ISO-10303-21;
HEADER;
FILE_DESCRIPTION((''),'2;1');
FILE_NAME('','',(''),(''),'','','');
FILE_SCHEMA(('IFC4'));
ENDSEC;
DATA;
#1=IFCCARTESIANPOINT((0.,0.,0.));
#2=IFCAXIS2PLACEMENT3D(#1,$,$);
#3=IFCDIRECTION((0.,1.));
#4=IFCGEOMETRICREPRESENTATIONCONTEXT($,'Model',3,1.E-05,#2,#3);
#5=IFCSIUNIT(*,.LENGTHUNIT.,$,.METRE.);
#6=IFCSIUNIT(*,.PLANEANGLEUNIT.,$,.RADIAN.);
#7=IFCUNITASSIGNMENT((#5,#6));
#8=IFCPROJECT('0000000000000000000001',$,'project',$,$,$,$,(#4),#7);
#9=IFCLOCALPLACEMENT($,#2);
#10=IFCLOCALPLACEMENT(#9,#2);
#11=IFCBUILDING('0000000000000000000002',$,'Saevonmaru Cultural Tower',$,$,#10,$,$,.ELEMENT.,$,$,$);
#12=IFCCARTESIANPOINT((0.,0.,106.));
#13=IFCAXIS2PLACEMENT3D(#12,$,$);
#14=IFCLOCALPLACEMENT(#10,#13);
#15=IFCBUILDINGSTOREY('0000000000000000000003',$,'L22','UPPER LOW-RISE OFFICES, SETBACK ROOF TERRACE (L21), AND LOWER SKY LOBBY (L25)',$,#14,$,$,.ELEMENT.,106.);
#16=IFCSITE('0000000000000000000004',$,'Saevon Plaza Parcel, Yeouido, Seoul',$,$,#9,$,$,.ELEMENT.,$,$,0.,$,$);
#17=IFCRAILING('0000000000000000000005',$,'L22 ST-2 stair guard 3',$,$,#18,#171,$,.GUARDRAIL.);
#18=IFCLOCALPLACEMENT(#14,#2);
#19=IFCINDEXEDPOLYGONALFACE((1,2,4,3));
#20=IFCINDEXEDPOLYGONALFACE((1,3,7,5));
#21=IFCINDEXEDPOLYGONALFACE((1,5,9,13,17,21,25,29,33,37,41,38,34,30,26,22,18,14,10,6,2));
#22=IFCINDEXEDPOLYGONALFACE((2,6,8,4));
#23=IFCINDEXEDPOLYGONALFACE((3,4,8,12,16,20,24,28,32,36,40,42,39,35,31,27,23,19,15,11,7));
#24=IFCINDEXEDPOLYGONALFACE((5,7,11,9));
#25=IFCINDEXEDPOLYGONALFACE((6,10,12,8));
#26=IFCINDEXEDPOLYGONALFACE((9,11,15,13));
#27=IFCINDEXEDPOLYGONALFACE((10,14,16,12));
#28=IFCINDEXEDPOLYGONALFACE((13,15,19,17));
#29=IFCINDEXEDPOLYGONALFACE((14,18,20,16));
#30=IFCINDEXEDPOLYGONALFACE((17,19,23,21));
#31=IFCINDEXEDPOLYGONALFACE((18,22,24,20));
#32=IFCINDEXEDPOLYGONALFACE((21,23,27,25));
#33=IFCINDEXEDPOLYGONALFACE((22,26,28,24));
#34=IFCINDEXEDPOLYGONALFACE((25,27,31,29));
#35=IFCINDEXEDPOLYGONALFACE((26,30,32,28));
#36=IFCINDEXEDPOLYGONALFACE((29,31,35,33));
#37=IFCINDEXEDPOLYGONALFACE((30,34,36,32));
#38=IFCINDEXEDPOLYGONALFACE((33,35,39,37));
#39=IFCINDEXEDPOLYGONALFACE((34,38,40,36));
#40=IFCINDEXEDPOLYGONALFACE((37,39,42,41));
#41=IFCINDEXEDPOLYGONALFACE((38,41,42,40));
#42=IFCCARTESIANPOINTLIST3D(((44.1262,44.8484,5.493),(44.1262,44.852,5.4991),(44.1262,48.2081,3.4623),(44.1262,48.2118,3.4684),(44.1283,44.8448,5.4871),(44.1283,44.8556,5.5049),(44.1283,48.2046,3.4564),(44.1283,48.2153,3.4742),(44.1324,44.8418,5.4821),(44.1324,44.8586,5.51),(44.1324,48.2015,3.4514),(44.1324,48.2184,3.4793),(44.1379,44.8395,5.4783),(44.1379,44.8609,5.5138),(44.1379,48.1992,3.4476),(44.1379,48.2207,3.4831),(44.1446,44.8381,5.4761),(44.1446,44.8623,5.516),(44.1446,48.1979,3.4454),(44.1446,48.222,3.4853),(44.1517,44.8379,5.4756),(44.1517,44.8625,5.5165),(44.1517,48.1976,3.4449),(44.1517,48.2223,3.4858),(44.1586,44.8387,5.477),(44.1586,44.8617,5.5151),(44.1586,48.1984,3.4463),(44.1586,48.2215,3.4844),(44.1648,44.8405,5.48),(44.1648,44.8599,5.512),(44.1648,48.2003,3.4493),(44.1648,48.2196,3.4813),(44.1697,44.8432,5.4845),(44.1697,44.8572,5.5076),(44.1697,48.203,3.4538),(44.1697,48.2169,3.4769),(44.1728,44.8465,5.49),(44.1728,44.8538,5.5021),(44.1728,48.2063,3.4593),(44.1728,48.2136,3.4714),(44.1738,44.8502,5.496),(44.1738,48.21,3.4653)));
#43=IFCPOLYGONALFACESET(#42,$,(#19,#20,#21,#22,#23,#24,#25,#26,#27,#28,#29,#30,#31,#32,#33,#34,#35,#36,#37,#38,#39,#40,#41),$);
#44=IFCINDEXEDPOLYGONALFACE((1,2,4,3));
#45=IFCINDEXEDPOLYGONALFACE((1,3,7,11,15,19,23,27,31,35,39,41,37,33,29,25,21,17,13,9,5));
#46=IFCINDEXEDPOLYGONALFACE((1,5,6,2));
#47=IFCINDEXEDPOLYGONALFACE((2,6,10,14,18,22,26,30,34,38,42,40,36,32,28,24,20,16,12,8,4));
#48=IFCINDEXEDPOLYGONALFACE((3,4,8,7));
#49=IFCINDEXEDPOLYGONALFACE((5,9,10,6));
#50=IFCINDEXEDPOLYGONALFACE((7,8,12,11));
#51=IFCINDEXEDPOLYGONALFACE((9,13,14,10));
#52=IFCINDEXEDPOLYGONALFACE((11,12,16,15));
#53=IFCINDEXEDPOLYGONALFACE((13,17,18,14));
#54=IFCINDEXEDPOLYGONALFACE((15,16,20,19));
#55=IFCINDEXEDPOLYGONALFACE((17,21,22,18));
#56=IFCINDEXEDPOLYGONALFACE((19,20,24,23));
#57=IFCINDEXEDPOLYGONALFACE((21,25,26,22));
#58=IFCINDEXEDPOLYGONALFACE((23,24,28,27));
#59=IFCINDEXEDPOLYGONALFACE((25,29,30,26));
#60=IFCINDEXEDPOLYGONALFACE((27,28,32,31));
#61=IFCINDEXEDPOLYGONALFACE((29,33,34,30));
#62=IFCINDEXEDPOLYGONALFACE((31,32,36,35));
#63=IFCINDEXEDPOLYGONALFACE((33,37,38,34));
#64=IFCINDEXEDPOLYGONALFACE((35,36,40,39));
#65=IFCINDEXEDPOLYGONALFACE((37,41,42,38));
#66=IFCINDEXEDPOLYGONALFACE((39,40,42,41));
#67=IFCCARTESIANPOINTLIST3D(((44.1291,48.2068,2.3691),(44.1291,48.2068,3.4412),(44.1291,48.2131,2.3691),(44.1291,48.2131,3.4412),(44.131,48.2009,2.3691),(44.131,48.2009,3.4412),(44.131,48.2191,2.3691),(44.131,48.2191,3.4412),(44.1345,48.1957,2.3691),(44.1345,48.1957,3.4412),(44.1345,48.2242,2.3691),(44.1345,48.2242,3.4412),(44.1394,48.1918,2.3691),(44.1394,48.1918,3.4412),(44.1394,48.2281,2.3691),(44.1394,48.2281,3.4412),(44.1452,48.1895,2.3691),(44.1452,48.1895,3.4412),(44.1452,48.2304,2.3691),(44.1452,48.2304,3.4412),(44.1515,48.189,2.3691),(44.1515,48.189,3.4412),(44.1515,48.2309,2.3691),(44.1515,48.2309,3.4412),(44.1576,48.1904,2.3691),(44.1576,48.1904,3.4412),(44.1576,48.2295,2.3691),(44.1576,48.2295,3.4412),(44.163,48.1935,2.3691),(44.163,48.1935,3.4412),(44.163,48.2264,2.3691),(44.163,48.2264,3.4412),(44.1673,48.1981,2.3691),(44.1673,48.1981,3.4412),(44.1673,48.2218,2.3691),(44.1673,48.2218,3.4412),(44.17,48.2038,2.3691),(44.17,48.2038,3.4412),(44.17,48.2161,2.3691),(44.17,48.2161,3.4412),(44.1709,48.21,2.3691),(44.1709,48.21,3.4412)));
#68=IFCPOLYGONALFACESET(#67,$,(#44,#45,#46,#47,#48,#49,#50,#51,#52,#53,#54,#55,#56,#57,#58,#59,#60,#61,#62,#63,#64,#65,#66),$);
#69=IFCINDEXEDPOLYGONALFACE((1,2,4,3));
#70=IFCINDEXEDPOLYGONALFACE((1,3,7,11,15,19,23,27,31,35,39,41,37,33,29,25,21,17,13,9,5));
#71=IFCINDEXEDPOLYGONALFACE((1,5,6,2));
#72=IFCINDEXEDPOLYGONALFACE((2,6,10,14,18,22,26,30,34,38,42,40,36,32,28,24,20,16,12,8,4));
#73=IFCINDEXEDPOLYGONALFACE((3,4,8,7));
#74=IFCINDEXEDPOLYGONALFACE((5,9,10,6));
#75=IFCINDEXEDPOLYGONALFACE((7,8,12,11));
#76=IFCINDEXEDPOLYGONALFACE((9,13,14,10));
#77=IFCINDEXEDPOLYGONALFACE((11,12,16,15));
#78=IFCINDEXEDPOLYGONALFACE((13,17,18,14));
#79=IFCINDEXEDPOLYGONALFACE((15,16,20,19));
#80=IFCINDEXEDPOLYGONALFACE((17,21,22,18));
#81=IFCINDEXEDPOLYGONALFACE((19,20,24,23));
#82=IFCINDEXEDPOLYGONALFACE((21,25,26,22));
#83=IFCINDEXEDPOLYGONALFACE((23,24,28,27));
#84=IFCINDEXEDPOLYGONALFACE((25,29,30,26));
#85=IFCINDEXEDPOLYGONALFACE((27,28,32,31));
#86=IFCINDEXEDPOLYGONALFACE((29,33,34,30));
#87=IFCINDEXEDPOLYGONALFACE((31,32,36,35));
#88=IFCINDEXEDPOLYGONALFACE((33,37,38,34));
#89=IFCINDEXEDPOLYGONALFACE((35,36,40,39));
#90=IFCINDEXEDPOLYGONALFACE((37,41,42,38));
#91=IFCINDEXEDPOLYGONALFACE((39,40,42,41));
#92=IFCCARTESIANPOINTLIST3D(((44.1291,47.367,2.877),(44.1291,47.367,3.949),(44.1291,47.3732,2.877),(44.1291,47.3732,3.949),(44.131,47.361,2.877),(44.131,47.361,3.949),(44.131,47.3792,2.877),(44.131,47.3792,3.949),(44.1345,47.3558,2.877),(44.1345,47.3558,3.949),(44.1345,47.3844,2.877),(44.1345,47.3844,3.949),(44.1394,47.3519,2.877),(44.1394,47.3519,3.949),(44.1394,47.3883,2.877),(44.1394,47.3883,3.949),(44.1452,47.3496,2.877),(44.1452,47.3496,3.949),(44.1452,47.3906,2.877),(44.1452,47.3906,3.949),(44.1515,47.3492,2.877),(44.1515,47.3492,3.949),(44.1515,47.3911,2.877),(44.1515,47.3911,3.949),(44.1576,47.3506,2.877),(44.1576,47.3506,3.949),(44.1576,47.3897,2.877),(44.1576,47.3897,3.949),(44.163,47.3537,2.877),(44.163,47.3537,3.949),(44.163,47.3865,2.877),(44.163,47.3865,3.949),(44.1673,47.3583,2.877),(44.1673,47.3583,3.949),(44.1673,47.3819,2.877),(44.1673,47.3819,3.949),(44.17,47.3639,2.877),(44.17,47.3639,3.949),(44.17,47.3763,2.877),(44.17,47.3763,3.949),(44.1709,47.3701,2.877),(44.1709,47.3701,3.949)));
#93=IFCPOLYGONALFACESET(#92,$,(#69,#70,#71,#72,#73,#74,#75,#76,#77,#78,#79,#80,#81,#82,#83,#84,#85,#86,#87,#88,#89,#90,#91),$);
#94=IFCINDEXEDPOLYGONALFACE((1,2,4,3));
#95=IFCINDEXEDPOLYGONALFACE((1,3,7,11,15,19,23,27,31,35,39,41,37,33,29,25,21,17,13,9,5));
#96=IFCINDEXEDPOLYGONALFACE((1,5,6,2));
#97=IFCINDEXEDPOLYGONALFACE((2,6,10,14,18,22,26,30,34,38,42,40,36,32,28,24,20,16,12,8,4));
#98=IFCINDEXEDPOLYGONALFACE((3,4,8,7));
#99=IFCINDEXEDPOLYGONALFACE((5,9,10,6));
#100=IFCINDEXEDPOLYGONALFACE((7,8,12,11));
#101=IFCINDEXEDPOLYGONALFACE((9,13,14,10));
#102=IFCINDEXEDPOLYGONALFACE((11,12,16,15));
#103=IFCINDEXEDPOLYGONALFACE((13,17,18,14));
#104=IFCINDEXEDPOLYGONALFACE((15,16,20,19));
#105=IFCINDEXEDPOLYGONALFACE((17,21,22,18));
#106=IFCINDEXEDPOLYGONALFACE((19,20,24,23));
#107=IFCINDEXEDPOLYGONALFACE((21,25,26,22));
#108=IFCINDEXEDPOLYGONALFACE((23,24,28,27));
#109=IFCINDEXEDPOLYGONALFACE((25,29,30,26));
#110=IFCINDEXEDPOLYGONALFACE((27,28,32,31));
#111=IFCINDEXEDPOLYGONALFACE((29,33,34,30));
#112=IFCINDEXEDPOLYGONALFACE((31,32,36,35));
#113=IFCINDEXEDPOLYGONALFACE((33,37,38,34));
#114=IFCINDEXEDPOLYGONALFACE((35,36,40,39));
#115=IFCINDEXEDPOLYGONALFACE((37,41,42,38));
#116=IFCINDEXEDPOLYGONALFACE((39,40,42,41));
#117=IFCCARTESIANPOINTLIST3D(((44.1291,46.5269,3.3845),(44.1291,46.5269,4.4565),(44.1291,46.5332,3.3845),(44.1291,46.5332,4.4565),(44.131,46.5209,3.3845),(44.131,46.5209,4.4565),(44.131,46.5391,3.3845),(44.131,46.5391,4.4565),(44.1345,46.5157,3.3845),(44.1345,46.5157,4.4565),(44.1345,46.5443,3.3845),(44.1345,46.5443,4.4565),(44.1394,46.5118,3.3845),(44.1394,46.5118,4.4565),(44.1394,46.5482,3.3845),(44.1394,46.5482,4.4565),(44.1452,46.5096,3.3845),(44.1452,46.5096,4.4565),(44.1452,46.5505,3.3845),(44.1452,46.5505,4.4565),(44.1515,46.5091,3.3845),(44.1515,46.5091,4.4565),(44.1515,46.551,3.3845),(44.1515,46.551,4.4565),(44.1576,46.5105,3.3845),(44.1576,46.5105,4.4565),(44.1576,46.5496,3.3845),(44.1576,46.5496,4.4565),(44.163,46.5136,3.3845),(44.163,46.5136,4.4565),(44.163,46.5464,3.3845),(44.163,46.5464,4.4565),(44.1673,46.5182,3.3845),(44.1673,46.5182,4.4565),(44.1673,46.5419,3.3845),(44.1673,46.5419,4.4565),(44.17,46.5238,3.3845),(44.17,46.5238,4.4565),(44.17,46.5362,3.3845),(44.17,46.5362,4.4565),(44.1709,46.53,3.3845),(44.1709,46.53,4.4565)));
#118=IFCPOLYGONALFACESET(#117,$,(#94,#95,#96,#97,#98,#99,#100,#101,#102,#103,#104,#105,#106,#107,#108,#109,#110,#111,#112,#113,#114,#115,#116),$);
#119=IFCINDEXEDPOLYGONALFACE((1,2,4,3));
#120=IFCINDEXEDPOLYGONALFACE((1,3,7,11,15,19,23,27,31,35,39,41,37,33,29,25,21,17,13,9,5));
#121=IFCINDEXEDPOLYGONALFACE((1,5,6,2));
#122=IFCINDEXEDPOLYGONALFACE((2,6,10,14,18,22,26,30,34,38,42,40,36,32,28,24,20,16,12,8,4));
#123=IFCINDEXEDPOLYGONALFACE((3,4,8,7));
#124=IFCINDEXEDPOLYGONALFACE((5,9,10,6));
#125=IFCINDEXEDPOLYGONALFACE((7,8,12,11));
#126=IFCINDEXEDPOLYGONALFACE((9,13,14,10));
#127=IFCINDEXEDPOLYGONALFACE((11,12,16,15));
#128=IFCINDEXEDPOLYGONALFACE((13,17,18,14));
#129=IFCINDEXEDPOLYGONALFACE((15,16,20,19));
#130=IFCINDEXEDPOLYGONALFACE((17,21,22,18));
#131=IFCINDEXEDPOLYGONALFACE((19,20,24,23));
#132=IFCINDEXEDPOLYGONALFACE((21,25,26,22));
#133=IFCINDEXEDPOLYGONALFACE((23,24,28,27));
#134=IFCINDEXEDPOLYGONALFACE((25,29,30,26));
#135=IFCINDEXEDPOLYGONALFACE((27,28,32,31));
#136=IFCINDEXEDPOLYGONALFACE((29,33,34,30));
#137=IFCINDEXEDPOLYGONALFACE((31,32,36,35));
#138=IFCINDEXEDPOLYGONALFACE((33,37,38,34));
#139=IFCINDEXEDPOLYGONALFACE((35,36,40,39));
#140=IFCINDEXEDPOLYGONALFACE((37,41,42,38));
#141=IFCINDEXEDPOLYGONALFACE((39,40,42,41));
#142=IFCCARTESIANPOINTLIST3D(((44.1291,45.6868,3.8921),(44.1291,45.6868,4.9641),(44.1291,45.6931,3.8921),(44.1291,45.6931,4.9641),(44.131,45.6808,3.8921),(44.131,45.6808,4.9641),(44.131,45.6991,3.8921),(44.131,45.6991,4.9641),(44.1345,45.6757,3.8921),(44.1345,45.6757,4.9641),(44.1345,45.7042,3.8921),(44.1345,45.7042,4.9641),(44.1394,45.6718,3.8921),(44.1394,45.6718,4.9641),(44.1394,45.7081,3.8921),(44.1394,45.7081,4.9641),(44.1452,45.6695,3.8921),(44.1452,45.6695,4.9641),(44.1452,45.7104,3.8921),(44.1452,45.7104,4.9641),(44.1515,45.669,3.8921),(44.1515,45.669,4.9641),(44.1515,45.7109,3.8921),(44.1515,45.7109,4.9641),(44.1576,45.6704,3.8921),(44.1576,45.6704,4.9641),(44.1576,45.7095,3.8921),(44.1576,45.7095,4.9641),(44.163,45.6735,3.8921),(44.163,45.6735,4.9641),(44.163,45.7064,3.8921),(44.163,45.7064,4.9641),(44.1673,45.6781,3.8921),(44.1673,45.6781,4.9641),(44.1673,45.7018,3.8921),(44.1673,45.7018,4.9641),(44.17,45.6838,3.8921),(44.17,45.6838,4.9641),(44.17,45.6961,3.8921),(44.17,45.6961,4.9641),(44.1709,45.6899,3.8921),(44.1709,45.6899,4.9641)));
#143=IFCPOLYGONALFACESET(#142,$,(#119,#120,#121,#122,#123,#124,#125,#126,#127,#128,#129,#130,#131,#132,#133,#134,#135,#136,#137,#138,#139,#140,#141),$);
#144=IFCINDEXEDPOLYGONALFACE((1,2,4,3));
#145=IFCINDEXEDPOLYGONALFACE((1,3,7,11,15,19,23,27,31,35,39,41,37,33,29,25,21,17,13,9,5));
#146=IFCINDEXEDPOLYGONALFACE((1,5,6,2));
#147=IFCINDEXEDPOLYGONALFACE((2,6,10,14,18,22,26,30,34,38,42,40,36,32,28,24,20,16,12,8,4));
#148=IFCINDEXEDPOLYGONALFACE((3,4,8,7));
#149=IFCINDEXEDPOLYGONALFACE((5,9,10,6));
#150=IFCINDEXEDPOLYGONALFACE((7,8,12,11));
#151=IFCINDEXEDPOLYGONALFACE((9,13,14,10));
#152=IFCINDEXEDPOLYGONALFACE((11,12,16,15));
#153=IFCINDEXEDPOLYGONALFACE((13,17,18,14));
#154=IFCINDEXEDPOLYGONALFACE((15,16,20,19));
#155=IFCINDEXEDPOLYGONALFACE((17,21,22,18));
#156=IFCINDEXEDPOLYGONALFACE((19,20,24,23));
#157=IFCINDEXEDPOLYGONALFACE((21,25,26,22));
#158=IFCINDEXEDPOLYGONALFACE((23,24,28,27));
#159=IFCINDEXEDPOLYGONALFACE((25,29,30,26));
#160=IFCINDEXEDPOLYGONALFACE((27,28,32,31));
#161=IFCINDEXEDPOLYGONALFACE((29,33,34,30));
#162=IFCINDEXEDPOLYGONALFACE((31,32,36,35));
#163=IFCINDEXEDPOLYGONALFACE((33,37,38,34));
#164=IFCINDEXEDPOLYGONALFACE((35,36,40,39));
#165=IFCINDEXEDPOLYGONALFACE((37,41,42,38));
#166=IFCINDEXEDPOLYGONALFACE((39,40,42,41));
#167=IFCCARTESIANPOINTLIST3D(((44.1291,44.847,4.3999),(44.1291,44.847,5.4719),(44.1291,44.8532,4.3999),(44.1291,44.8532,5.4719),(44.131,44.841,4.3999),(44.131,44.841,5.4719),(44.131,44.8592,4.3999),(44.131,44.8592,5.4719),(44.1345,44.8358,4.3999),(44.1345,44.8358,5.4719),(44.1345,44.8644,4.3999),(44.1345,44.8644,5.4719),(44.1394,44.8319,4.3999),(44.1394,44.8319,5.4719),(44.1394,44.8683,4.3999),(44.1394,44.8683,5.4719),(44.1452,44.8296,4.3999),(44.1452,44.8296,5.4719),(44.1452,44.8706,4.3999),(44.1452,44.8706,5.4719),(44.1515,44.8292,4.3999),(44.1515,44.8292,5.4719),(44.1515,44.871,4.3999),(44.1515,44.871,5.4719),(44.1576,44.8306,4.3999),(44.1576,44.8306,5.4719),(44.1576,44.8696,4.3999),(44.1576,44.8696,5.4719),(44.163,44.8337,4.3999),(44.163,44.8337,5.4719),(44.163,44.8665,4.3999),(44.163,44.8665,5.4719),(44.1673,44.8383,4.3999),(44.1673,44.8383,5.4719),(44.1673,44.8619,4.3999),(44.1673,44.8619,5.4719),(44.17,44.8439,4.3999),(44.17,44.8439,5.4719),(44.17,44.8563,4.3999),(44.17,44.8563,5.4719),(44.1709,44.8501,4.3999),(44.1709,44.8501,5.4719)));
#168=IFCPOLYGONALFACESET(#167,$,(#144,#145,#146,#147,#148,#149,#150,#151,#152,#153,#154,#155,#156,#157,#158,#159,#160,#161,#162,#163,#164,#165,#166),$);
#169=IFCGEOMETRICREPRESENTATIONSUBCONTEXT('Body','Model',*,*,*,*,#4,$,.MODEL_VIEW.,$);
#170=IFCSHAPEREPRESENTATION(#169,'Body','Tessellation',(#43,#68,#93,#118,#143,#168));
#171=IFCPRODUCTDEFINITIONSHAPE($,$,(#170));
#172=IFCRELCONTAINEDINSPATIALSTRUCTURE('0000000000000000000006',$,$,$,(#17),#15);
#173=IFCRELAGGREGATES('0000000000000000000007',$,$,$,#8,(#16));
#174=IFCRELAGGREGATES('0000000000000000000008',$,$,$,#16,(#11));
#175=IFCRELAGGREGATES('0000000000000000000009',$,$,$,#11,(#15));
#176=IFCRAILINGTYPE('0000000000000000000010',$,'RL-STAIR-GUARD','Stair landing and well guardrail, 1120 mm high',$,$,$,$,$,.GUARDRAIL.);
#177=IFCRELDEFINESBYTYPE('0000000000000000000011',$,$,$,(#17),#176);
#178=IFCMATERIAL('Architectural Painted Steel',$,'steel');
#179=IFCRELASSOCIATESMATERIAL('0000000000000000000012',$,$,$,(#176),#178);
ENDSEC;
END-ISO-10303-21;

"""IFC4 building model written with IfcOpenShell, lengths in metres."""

from ifc_helpers import new_model, si_unit, direction, frame, origin, origin_2d, place, context, subcontext, project, spatial, circle, extrude, material, type_object, element, save


model = new_model("IFC4")

# Units and contexts
model_context = context("Model", 3, precision=1e-05, world=origin(), true_north=direction((0.0, 1.0)))
body_context = subcontext(model_context, "Body", "Model", "MODEL_VIEW")
ifc_project = project(units=[si_unit("LENGTHUNIT", "METRE"), si_unit("PLANEANGLEUNIT", "RADIAN")], contexts=[model_context])

# Site, building, storey
site_placement = place(None, origin())
site = spatial("IfcSite", under=ifc_project, at=site_placement, Name="Saevon Plaza Parcel, Yeouido, Seoul", CompositionType="ELEMENT", RefElevation=0.0)
building_placement = place(site_placement, origin())
building = spatial("IfcBuilding", under=site, at=building_placement, Name="Saevonmaru Cultural Tower", CompositionType="ELEMENT")
storey_placement = place(building_placement, frame((0.0, 0.0, 106.0)))
storey = spatial("IfcBuildingStorey", under=building, at=storey_placement, Name="L22", Description="UPPER LOW-RISE OFFICES, SETBACK ROOF TERRACE (L21), AND LOWER SKY LOBBY (L25)", CompositionType="ELEMENT", Elevation=106.0)

# Railing
ifc_material_1 = material(Name="Architectural Painted Steel", Category="steel")
railing_type_1 = type_object("IfcRailingType", Name="RL-STAIR-GUARD", Description="Stair landing and well guardrail, 1120 mm high", PredefinedType="GUARDRAIL", material=ifc_material_1)
railing_1_placement = place(storey_placement, frame((44.1499, 48.21, 2.3691)))
element("IfcRailing", 1, at=railing_1_placement, inside=storey, type_object=railing_type_1, Name="L22 ST-2 stair guard 3", PredefinedType="GUARDRAIL", context=body_context, shape_type="SweptSolid", body=[
    extrude(circle(Radius=0.0239, at=origin_2d()), frame((0.0, 0.0, 1.0962), z_axis=(0.0, -0.85582, 0.517273), x_axis=(1.0, 0.0, 0.0)), (0.0, 0.0, 1.0), 3.9258),
    extrude(circle(Radius=0.021, at=origin_2d()), origin(), (0.0, 0.0, 1.0), 1.072),
    extrude(circle(Radius=0.021, at=origin_2d()), frame((0.0, -0.8398, 0.5078)), (0.0, 0.0, 1.0), 1.072),
    extrude(circle(Radius=0.021, at=origin_2d()), frame((0.0, -1.6799, 1.0154)), (0.0, 0.0, 1.0), 1.072),
    extrude(circle(Radius=0.021, at=origin_2d()), frame((0.0, -2.52, 1.5229)), (0.0, 0.0, 1.0), 1.072),
    extrude(circle(Radius=0.021, at=origin_2d()), frame((0.0, -3.3599, 2.0308)), (0.0, 0.0, 1.0), 1.072),
])

save(model, "model.ifc")
